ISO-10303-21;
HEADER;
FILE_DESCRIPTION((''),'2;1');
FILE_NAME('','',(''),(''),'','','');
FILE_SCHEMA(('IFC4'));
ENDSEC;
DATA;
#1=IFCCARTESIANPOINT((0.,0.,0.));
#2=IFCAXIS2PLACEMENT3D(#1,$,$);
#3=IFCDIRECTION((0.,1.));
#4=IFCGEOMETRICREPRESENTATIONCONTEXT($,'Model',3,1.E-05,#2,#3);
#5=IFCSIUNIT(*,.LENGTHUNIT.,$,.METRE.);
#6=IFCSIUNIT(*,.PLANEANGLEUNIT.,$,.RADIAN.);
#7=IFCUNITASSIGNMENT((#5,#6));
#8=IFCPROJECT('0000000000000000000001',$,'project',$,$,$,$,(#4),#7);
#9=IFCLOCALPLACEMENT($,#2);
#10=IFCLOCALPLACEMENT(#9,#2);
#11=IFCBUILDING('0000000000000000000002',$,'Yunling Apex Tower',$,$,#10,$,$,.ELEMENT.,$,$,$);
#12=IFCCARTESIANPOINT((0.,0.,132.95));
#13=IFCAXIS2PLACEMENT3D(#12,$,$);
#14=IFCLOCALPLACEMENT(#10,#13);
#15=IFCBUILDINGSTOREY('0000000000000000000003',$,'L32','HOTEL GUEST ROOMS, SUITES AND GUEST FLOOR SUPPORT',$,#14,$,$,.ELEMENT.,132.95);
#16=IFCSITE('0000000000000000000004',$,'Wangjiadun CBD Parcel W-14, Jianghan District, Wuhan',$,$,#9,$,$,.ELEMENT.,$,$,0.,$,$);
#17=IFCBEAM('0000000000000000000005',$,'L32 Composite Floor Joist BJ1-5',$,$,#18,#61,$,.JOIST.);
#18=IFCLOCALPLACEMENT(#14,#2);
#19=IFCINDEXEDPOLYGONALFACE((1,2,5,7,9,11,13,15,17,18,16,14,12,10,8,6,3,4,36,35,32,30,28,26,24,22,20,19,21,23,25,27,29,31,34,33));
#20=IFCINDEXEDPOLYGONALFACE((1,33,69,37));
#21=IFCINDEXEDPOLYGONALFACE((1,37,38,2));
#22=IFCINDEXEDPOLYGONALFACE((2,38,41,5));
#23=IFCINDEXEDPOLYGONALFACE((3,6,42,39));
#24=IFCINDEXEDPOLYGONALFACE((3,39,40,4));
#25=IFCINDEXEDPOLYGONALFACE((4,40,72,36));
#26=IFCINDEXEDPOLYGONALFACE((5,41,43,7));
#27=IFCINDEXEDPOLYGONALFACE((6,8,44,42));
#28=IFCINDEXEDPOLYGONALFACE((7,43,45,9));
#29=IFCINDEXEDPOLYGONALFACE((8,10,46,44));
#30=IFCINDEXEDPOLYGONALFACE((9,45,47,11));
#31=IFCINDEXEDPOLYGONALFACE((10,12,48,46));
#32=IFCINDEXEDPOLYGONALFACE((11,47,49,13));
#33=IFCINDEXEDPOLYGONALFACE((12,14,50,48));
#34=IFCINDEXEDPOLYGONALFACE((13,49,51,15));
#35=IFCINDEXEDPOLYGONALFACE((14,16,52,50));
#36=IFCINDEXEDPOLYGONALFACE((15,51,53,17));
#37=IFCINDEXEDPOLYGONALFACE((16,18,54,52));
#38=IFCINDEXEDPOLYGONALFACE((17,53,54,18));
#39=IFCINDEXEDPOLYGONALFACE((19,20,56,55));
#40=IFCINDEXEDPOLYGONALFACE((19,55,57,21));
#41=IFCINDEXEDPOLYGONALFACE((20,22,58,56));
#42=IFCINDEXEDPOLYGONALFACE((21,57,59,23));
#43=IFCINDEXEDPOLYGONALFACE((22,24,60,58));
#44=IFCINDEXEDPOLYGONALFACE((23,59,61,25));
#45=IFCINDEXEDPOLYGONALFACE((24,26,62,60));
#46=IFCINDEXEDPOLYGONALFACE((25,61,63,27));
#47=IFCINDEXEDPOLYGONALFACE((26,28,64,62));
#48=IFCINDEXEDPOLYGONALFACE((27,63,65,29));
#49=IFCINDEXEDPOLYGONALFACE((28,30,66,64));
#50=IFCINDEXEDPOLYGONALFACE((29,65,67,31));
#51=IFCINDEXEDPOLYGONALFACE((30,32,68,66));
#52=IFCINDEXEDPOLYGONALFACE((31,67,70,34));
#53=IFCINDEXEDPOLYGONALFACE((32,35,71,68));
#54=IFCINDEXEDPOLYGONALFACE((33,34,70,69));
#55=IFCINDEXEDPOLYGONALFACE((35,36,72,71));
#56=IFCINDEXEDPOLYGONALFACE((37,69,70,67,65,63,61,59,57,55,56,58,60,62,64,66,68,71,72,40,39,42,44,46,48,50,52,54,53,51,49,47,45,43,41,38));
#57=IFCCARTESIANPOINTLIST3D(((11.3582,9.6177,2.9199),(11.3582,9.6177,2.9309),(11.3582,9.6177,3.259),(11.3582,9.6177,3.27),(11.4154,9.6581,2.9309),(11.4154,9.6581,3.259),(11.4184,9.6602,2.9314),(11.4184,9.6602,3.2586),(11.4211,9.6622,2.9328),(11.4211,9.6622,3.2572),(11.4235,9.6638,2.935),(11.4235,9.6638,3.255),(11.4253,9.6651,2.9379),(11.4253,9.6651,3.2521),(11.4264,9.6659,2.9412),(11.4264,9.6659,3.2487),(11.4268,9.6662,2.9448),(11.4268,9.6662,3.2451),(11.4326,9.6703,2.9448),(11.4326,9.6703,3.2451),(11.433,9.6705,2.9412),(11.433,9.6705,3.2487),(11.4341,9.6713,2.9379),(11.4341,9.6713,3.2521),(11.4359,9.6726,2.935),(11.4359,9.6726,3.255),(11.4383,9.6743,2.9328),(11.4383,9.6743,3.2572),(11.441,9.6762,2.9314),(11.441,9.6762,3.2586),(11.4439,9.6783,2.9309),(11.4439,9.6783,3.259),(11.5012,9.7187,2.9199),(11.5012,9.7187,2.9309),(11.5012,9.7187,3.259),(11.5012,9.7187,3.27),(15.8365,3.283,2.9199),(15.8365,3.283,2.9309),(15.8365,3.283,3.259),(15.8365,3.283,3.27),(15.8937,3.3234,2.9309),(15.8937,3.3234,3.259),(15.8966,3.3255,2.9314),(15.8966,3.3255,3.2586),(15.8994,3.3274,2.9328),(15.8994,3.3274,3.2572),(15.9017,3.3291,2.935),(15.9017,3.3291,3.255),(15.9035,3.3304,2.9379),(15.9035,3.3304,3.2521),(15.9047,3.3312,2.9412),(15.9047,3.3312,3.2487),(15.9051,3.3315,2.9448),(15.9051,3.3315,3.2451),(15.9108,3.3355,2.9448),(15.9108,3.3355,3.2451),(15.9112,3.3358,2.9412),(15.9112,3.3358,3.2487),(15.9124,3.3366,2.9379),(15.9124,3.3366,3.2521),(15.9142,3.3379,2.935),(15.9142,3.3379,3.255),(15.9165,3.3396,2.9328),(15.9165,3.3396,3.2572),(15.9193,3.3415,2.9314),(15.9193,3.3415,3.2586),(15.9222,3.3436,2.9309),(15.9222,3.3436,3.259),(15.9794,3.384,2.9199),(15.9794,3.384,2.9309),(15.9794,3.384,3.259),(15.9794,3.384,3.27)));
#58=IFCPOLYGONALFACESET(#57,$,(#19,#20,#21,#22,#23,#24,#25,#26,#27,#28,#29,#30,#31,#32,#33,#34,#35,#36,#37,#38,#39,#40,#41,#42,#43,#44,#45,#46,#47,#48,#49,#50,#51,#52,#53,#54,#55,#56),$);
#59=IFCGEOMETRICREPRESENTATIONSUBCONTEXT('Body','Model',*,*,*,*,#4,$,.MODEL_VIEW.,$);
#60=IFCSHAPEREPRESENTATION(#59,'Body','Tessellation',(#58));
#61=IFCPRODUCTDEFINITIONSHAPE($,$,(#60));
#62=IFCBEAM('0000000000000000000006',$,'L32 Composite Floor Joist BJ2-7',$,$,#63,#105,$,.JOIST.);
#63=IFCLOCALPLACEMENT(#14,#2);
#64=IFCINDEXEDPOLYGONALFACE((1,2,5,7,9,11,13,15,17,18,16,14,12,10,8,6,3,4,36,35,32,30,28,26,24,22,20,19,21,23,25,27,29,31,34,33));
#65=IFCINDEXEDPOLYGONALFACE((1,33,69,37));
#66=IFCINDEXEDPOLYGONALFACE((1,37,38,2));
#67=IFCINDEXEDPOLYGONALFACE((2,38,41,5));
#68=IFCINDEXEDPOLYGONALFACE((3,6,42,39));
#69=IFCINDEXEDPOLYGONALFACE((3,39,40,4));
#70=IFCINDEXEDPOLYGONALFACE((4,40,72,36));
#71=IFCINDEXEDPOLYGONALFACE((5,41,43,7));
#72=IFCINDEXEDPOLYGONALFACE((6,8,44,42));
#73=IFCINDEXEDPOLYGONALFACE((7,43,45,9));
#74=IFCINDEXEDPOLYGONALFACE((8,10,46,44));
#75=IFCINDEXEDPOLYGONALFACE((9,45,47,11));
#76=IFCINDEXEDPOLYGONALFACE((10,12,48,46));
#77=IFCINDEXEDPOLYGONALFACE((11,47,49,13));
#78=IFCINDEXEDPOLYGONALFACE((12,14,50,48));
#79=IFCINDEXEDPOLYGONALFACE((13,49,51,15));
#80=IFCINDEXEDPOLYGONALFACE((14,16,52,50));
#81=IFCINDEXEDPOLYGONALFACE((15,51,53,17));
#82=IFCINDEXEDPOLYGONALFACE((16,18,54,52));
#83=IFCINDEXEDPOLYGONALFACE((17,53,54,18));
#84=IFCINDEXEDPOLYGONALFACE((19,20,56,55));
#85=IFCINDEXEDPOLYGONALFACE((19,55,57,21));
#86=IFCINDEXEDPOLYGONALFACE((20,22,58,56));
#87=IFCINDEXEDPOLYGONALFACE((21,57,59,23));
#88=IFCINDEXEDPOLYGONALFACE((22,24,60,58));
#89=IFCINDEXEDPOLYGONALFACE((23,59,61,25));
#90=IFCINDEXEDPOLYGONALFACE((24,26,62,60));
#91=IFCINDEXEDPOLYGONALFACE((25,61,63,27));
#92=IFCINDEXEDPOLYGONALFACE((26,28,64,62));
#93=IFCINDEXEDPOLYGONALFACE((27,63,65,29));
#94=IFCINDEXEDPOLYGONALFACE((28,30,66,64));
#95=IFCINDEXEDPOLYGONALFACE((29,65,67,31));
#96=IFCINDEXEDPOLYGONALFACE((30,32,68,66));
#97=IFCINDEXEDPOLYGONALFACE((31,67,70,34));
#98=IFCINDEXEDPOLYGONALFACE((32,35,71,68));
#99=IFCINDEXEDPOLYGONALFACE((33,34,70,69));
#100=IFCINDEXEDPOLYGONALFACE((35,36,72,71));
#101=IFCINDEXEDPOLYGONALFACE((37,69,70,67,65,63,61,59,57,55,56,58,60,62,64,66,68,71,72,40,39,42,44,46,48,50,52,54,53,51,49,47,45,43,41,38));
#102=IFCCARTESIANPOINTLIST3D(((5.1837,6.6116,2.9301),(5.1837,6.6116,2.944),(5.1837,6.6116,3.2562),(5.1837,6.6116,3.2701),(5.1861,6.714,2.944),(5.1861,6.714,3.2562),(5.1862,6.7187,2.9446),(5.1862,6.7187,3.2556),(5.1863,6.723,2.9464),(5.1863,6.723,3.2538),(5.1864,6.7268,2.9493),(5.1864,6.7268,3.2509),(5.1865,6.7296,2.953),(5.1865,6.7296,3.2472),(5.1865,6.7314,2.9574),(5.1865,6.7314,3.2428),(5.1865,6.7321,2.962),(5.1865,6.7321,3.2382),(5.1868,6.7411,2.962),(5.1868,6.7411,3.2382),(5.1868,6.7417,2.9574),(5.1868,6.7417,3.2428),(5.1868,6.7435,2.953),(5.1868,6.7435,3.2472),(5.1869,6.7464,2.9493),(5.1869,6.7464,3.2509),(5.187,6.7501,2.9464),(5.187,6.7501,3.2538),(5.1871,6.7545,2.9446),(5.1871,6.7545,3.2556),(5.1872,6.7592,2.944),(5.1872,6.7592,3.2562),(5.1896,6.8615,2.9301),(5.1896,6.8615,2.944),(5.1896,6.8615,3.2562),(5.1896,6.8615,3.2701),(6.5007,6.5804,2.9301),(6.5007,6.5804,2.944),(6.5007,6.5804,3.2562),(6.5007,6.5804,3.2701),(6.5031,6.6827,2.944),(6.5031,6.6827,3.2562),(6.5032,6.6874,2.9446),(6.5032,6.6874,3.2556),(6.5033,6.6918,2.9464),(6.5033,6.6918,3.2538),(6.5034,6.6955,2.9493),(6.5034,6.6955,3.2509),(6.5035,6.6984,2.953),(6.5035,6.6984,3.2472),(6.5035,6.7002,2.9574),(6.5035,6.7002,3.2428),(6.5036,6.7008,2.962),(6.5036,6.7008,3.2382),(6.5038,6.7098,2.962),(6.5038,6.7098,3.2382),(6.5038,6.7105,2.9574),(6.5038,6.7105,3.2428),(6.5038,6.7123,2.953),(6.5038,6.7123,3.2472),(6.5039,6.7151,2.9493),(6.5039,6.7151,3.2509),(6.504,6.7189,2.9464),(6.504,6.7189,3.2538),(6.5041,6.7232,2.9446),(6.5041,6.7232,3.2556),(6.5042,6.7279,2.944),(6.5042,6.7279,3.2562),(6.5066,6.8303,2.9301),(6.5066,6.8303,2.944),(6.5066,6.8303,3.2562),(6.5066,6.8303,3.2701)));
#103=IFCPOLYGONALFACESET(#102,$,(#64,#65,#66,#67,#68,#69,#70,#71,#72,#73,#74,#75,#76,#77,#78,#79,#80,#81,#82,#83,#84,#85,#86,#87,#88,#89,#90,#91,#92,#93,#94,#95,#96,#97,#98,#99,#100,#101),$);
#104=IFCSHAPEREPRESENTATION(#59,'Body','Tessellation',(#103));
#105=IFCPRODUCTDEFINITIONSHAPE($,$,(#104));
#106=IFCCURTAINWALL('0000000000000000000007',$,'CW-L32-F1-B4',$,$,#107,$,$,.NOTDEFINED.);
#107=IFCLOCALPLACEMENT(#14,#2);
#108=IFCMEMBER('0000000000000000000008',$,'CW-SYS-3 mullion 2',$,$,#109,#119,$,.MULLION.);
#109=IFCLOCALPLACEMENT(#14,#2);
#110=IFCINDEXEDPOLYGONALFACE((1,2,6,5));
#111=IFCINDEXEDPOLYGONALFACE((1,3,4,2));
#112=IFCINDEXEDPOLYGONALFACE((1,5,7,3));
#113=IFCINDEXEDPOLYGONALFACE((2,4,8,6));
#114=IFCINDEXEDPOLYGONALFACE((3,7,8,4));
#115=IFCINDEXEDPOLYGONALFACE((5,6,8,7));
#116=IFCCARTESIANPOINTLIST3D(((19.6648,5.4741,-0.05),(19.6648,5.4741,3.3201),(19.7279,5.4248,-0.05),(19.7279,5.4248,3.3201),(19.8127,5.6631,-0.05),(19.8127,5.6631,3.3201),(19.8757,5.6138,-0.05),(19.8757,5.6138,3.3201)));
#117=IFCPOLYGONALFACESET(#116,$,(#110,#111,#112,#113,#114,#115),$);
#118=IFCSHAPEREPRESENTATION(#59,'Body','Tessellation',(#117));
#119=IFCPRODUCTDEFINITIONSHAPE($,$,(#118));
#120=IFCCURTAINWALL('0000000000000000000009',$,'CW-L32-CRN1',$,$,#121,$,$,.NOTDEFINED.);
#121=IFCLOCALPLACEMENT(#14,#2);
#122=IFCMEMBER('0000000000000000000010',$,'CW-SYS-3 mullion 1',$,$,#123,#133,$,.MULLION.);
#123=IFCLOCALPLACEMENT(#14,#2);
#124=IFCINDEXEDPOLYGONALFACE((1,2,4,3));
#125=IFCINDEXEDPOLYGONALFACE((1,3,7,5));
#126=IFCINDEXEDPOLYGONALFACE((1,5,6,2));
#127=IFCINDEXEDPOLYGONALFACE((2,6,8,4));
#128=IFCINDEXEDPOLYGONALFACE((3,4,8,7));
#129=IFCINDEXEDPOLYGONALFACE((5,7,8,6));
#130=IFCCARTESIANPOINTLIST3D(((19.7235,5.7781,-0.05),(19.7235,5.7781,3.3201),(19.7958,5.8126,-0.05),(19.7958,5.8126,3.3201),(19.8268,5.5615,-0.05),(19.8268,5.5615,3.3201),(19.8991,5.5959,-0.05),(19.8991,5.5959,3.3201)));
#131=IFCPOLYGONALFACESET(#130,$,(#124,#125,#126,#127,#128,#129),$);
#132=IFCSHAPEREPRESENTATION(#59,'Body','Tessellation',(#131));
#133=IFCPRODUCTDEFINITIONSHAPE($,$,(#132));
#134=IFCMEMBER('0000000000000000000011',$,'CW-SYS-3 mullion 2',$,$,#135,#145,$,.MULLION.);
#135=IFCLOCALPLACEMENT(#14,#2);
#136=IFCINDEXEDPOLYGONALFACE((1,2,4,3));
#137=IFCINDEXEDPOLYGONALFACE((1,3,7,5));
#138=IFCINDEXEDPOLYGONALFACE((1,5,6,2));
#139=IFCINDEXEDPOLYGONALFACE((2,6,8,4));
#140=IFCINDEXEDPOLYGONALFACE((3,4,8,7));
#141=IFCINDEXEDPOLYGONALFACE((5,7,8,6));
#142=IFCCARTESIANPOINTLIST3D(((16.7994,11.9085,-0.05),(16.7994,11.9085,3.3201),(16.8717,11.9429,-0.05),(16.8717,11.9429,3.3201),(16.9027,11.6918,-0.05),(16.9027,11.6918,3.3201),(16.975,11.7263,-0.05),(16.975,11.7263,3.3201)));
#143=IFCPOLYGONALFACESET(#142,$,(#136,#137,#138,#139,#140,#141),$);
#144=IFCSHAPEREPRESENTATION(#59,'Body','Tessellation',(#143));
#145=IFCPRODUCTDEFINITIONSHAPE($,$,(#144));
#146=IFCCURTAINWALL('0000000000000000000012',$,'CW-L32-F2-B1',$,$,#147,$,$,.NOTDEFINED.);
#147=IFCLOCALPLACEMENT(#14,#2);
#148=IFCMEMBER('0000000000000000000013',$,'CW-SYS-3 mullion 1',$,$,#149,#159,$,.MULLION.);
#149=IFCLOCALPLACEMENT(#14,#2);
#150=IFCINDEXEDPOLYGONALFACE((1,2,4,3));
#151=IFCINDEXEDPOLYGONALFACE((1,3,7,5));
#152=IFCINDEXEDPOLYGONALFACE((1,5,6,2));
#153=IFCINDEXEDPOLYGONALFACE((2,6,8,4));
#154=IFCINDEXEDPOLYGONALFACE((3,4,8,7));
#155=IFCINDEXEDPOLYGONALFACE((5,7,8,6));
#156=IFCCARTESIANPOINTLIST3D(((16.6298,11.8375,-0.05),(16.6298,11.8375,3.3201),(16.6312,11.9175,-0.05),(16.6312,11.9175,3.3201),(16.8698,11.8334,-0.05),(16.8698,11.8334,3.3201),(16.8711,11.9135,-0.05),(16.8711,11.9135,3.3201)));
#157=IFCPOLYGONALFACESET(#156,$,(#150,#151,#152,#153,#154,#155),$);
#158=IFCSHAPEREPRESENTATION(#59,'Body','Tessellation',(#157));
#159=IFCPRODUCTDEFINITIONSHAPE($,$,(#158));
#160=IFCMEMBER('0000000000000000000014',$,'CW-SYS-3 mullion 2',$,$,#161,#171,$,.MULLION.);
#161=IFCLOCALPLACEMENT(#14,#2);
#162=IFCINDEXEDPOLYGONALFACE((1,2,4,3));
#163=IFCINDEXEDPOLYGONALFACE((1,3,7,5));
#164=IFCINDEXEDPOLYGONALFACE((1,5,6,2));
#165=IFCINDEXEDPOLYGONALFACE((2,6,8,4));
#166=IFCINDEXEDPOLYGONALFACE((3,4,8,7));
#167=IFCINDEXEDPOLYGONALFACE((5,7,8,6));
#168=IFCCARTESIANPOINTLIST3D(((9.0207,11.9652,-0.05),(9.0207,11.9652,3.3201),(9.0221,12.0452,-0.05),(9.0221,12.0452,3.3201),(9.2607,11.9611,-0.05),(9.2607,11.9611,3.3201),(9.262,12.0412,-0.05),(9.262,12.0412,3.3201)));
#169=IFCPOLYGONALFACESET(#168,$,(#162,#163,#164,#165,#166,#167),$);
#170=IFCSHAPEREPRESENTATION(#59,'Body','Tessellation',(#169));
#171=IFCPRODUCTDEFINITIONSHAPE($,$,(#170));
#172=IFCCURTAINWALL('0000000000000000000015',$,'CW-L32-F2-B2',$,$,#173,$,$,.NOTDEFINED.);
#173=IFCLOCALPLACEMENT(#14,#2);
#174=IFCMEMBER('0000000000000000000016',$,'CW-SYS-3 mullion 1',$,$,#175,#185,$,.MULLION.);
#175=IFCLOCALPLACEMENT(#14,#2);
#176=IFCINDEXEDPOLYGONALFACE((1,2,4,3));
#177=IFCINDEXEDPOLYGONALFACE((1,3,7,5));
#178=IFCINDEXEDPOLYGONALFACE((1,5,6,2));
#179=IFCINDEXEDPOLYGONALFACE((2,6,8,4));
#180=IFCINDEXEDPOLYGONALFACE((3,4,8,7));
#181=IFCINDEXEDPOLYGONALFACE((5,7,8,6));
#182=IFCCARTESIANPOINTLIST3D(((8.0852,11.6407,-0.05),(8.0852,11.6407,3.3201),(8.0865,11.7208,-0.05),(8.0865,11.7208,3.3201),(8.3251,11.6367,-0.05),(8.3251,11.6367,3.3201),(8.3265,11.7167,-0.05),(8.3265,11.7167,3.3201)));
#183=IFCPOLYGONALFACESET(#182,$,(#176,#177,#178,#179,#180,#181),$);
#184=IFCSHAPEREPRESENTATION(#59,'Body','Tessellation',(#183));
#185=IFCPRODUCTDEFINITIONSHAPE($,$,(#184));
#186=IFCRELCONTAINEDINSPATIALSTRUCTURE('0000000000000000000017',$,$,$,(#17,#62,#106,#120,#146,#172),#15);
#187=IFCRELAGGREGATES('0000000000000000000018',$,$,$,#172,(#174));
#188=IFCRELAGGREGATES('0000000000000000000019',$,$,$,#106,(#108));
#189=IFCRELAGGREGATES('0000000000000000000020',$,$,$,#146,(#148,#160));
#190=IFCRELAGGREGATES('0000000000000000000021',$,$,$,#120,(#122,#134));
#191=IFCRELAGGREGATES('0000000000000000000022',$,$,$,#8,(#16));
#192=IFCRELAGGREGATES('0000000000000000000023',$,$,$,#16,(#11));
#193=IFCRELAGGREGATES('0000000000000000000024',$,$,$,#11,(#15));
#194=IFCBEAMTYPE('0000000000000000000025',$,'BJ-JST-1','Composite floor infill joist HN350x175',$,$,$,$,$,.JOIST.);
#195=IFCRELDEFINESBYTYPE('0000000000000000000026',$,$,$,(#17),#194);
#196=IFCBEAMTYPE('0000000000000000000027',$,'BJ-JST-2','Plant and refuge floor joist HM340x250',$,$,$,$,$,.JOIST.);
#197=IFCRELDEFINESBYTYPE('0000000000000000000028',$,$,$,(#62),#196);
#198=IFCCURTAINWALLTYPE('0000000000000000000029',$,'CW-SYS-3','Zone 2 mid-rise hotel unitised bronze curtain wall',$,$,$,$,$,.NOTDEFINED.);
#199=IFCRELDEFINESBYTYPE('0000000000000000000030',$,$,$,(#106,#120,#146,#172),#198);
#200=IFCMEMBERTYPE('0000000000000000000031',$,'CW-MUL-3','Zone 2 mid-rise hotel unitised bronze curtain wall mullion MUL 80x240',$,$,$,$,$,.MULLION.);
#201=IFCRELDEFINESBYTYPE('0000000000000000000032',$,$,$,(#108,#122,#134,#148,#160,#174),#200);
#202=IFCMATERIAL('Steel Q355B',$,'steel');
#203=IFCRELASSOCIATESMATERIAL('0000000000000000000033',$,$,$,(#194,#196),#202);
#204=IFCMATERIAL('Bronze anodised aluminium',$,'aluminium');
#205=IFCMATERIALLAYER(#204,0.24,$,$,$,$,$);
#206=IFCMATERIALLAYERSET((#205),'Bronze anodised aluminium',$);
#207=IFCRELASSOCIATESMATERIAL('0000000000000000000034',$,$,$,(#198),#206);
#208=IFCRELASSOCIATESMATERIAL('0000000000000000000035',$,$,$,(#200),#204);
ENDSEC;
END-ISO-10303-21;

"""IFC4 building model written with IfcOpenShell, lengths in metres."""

from ifc_helpers import new_model, si_unit, direction, frame, origin, origin_2d, place, context, subcontext, project, spatial, rectangle, i_section, extrude, source, transform, mapped, material, layer, layer_set, material_profile, profile_set, type_object, element, aggregate, save


model = new_model("IFC4")

# Units and contexts
model_context = context("Model", 3, precision=1e-05, world=origin(), true_north=direction((0.0, 1.0)))
body_context = subcontext(model_context, "Body", "Model", "MODEL_VIEW")
ifc_project = project(units=[si_unit("LENGTHUNIT", "METRE"), si_unit("PLANEANGLEUNIT", "RADIAN")], contexts=[model_context])

# Site, building, storey
site_placement = place(None, origin())
site = spatial("IfcSite", under=ifc_project, at=site_placement, Name="Wangjiadun CBD Parcel W-14, Jianghan District, Wuhan", CompositionType="ELEMENT", RefElevation=0.0)
building_placement = place(site_placement, origin())
building = spatial("IfcBuilding", under=site, at=building_placement, Name="Yunling Apex Tower", CompositionType="ELEMENT")
storey_placement = place(building_placement, frame((0.0, 0.0, 132.95)))
storey = spatial("IfcBuildingStorey", under=building, at=storey_placement, Name="L32", Description="HOTEL GUEST ROOMS, SUITES AND GUEST FLOOR SUPPORT", CompositionType="ELEMENT", Elevation=132.95)

# Beams
ifc_material_1 = material(Name="Steel Q355B", Category="steel")
ifc_material_profile_1 = material_profile(ifc_material_1, i_section(OverallWidth=0.175, OverallDepth=0.3501, WebThickness=0.0071, FlangeThickness=0.011, FilletRadius=0.0139, at=origin_2d()))
ifc_profile_set_1 = profile_set([ifc_material_profile_1], Name="Steel Q355B")
beam_type_1 = type_object("IfcBeamType", Name="BJ-JST-1", Description="Composite floor infill joist HN350x175", PredefinedType="JOIST", material=ifc_profile_set_1)
shared_shape_1 = source(origin(), body_context, "Body", "SweptSolid", [
    extrude(i_section(OverallWidth=0.175, OverallDepth=0.3501, WebThickness=0.0071, FlangeThickness=0.011, FilletRadius=0.0139, at=origin_2d()), origin(), (0.0, 0.0, 1.0), 7.7578),
])
beam_1_placement = place(storey_placement, frame((15.908, 3.3335, 3.095), z_axis=(-0.57726, 0.81656, 0.0), x_axis=(-0.81656, -0.57726, 0.0)))
element("IfcBeam", 1, at=beam_1_placement, inside=storey, type_object=beam_type_1, Name="L32 Composite Floor Joist BJ1-5", PredefinedType="JOIST", context=body_context, shape_type="MappedRepresentation", body=[
    mapped(shared_shape_1, transform((0.0, 0.0, 0.0), scale=1.0)),
])
ifc_material_profile_2 = material_profile(ifc_material_1, i_section(OverallWidth=0.25, OverallDepth=0.3401, WebThickness=0.009, FlangeThickness=0.0139, FilletRadius=0.0181, at=origin_2d()))
ifc_profile_set_2 = profile_set([ifc_material_profile_2], Name="Steel Q355B")
beam_type_2 = type_object("IfcBeamType", Name="BJ-JST-2", Description="Plant and refuge floor joist HM340x250", PredefinedType="JOIST", material=ifc_profile_set_2)
shared_shape_2 = source(origin(), body_context, "Body", "SweptSolid", [
    extrude(i_section(OverallWidth=0.25, OverallDepth=0.3401, WebThickness=0.009, FlangeThickness=0.0139, FilletRadius=0.0181, at=origin_2d()), origin(), (0.0, 0.0, 1.0), 1.3174),
])
beam_2_placement = place(storey_placement, frame((6.5037, 6.7053, 3.1001), z_axis=(-0.999719, 0.023723, 0.0), x_axis=(-0.023723, -0.999719, 0.0)))
element("IfcBeam", 2, at=beam_2_placement, inside=storey, type_object=beam_type_2, Name="L32 Composite Floor Joist BJ2-7", PredefinedType="JOIST", context=body_context, shape_type="MappedRepresentation", body=[
    mapped(shared_shape_2, transform((0.0, 0.0, 0.0), scale=1.0)),
])

# Curtain wall, member
ifc_material_2 = material(Name="Bronze anodised aluminium", Category="aluminium")
ifc_layer_1 = layer(ifc_material_2, 0.24)
ifc_layer_set_1 = layer_set([ifc_layer_1], Name="Bronze anodised aluminium")
curtain_wall_type = type_object("IfcCurtainWallType", Name="CW-SYS-3", Description="Zone 2 mid-rise hotel unitised bronze curtain wall", PredefinedType="NOTDEFINED", material=ifc_layer_set_1)
curtain_wall_1_placement = place(storey_placement, origin())
curtain_wall_1 = element("IfcCurtainWall", 3, at=curtain_wall_1_placement, inside=storey, type_object=curtain_wall_type, Name="CW-L32-F1-B4", PredefinedType="NOTDEFINED")
ifc_material_profile_3 = material_profile(ifc_material_2, rectangle(XDim=0.0801, YDim=0.24, at=origin_2d()))
ifc_profile_set_3 = profile_set([ifc_material_profile_3], Name="Bronze anodised aluminium")
member_type_1 = type_object("IfcMemberType", Name="CW-MUL-3", Description="Zone 2 mid-rise hotel unitised bronze curtain wall mullion MUL 80x240", PredefinedType="MULLION", material=ifc_profile_set_3)
shared_shape_3 = source(origin(), body_context, "Body", "SweptSolid", [
    extrude(rectangle(XDim=0.0801, YDim=0.24, at=origin_2d()), origin(), (0.0, 0.0, 1.0), 3.3701),
])
member_1_placement = place(storey_placement, frame((19.7703, 5.5439, -0.05), z_axis=(0.0, 0.0, 1.0), x_axis=(-0.787584, 0.616208, 0.0)))
member_1 = element("IfcMember", 4, at=member_1_placement, type_object=member_type_1, Name="CW-SYS-3 mullion 2", PredefinedType="MULLION", context=body_context, shape_type="MappedRepresentation", body=[
    mapped(shared_shape_3, transform((0.0, 0.0, 0.0), scale=1.0)),
])

# Curtain walls, members
curtain_wall_2_placement = place(storey_placement, origin())
curtain_wall_2 = element("IfcCurtainWall", 5, at=curtain_wall_2_placement, inside=storey, type_object=curtain_wall_type, Name="CW-L32-CRN1", PredefinedType="NOTDEFINED")
member_2_placement = place(storey_placement, frame((19.8113, 5.687, -0.05), z_axis=(0.0, 0.0, 1.0), x_axis=(-0.902582, -0.430519, 0.0)))
member_2 = element("IfcMember", 6, at=member_2_placement, type_object=member_type_1, Name="CW-SYS-3 mullion 1", PredefinedType="MULLION", context=body_context, shape_type="MappedRepresentation", body=[
    mapped(shared_shape_3, transform((0.0, 0.0, 0.0), scale=1.0)),
])
member_3_placement = place(storey_placement, frame((16.8872, 11.8174, -0.05), z_axis=(0.0, 0.0, 1.0), x_axis=(-0.902582, -0.430519, 0.0)))
member_3 = element("IfcMember", 7, at=member_3_placement, type_object=member_type_1, Name="CW-SYS-3 mullion 2", PredefinedType="MULLION", context=body_context, shape_type="MappedRepresentation", body=[
    mapped(shared_shape_3, transform((0.0, 0.0, 0.0), scale=1.0)),
])
curtain_wall_3_placement = place(storey_placement, origin())
curtain_wall_3 = element("IfcCurtainWall", 8, at=curtain_wall_3_placement, inside=storey, type_object=curtain_wall_type, Name="CW-L32-F2-B1", PredefinedType="NOTDEFINED")
member_4_placement = place(storey_placement, frame((16.7505, 11.8755, -0.05), z_axis=(0.0, 0.0, 1.0), x_axis=(-0.016762, -0.99986, 0.0)))
member_4 = element("IfcMember", 9, at=member_4_placement, type_object=member_type_1, Name="CW-SYS-3 mullion 1", PredefinedType="MULLION", context=body_context, shape_type="MappedRepresentation", body=[
    mapped(shared_shape_3, transform((0.0, 0.0, 0.0), scale=1.0)),
])
member_5_placement = place(storey_placement, frame((9.1414, 12.0032, -0.05), z_axis=(0.0, 0.0, 1.0), x_axis=(-0.016762, -0.99986, 0.0)))
member_5 = element("IfcMember", 10, at=member_5_placement, type_object=member_type_1, Name="CW-SYS-3 mullion 2", PredefinedType="MULLION", context=body_context, shape_type="MappedRepresentation", body=[
    mapped(shared_shape_3, transform((0.0, 0.0, 0.0), scale=1.0)),
])

# Curtain wall, member
curtain_wall_4_placement = place(storey_placement, origin())
curtain_wall_4 = element("IfcCurtainWall", 11, at=curtain_wall_4_placement, inside=storey, type_object=curtain_wall_type, Name="CW-L32-F2-B2", PredefinedType="NOTDEFINED")
member_6_placement = place(storey_placement, frame((8.2058, 11.6787, -0.05), z_axis=(0.0, 0.0, 1.0), x_axis=(-0.016767, -0.999859, 0.0)))
member_6 = element("IfcMember", 12, at=member_6_placement, type_object=member_type_1, Name="CW-SYS-3 mullion 1", PredefinedType="MULLION", context=body_context, shape_type="MappedRepresentation", body=[
    mapped(shared_shape_3, transform((0.0, 0.0, 0.0), scale=1.0)),
])

aggregate(curtain_wall_4, [member_6])

aggregate(curtain_wall_1, [member_1])
aggregate(curtain_wall_3, [member_4, member_5])
aggregate(curtain_wall_2, [member_2, member_3])

save(model, "model.ifc")
